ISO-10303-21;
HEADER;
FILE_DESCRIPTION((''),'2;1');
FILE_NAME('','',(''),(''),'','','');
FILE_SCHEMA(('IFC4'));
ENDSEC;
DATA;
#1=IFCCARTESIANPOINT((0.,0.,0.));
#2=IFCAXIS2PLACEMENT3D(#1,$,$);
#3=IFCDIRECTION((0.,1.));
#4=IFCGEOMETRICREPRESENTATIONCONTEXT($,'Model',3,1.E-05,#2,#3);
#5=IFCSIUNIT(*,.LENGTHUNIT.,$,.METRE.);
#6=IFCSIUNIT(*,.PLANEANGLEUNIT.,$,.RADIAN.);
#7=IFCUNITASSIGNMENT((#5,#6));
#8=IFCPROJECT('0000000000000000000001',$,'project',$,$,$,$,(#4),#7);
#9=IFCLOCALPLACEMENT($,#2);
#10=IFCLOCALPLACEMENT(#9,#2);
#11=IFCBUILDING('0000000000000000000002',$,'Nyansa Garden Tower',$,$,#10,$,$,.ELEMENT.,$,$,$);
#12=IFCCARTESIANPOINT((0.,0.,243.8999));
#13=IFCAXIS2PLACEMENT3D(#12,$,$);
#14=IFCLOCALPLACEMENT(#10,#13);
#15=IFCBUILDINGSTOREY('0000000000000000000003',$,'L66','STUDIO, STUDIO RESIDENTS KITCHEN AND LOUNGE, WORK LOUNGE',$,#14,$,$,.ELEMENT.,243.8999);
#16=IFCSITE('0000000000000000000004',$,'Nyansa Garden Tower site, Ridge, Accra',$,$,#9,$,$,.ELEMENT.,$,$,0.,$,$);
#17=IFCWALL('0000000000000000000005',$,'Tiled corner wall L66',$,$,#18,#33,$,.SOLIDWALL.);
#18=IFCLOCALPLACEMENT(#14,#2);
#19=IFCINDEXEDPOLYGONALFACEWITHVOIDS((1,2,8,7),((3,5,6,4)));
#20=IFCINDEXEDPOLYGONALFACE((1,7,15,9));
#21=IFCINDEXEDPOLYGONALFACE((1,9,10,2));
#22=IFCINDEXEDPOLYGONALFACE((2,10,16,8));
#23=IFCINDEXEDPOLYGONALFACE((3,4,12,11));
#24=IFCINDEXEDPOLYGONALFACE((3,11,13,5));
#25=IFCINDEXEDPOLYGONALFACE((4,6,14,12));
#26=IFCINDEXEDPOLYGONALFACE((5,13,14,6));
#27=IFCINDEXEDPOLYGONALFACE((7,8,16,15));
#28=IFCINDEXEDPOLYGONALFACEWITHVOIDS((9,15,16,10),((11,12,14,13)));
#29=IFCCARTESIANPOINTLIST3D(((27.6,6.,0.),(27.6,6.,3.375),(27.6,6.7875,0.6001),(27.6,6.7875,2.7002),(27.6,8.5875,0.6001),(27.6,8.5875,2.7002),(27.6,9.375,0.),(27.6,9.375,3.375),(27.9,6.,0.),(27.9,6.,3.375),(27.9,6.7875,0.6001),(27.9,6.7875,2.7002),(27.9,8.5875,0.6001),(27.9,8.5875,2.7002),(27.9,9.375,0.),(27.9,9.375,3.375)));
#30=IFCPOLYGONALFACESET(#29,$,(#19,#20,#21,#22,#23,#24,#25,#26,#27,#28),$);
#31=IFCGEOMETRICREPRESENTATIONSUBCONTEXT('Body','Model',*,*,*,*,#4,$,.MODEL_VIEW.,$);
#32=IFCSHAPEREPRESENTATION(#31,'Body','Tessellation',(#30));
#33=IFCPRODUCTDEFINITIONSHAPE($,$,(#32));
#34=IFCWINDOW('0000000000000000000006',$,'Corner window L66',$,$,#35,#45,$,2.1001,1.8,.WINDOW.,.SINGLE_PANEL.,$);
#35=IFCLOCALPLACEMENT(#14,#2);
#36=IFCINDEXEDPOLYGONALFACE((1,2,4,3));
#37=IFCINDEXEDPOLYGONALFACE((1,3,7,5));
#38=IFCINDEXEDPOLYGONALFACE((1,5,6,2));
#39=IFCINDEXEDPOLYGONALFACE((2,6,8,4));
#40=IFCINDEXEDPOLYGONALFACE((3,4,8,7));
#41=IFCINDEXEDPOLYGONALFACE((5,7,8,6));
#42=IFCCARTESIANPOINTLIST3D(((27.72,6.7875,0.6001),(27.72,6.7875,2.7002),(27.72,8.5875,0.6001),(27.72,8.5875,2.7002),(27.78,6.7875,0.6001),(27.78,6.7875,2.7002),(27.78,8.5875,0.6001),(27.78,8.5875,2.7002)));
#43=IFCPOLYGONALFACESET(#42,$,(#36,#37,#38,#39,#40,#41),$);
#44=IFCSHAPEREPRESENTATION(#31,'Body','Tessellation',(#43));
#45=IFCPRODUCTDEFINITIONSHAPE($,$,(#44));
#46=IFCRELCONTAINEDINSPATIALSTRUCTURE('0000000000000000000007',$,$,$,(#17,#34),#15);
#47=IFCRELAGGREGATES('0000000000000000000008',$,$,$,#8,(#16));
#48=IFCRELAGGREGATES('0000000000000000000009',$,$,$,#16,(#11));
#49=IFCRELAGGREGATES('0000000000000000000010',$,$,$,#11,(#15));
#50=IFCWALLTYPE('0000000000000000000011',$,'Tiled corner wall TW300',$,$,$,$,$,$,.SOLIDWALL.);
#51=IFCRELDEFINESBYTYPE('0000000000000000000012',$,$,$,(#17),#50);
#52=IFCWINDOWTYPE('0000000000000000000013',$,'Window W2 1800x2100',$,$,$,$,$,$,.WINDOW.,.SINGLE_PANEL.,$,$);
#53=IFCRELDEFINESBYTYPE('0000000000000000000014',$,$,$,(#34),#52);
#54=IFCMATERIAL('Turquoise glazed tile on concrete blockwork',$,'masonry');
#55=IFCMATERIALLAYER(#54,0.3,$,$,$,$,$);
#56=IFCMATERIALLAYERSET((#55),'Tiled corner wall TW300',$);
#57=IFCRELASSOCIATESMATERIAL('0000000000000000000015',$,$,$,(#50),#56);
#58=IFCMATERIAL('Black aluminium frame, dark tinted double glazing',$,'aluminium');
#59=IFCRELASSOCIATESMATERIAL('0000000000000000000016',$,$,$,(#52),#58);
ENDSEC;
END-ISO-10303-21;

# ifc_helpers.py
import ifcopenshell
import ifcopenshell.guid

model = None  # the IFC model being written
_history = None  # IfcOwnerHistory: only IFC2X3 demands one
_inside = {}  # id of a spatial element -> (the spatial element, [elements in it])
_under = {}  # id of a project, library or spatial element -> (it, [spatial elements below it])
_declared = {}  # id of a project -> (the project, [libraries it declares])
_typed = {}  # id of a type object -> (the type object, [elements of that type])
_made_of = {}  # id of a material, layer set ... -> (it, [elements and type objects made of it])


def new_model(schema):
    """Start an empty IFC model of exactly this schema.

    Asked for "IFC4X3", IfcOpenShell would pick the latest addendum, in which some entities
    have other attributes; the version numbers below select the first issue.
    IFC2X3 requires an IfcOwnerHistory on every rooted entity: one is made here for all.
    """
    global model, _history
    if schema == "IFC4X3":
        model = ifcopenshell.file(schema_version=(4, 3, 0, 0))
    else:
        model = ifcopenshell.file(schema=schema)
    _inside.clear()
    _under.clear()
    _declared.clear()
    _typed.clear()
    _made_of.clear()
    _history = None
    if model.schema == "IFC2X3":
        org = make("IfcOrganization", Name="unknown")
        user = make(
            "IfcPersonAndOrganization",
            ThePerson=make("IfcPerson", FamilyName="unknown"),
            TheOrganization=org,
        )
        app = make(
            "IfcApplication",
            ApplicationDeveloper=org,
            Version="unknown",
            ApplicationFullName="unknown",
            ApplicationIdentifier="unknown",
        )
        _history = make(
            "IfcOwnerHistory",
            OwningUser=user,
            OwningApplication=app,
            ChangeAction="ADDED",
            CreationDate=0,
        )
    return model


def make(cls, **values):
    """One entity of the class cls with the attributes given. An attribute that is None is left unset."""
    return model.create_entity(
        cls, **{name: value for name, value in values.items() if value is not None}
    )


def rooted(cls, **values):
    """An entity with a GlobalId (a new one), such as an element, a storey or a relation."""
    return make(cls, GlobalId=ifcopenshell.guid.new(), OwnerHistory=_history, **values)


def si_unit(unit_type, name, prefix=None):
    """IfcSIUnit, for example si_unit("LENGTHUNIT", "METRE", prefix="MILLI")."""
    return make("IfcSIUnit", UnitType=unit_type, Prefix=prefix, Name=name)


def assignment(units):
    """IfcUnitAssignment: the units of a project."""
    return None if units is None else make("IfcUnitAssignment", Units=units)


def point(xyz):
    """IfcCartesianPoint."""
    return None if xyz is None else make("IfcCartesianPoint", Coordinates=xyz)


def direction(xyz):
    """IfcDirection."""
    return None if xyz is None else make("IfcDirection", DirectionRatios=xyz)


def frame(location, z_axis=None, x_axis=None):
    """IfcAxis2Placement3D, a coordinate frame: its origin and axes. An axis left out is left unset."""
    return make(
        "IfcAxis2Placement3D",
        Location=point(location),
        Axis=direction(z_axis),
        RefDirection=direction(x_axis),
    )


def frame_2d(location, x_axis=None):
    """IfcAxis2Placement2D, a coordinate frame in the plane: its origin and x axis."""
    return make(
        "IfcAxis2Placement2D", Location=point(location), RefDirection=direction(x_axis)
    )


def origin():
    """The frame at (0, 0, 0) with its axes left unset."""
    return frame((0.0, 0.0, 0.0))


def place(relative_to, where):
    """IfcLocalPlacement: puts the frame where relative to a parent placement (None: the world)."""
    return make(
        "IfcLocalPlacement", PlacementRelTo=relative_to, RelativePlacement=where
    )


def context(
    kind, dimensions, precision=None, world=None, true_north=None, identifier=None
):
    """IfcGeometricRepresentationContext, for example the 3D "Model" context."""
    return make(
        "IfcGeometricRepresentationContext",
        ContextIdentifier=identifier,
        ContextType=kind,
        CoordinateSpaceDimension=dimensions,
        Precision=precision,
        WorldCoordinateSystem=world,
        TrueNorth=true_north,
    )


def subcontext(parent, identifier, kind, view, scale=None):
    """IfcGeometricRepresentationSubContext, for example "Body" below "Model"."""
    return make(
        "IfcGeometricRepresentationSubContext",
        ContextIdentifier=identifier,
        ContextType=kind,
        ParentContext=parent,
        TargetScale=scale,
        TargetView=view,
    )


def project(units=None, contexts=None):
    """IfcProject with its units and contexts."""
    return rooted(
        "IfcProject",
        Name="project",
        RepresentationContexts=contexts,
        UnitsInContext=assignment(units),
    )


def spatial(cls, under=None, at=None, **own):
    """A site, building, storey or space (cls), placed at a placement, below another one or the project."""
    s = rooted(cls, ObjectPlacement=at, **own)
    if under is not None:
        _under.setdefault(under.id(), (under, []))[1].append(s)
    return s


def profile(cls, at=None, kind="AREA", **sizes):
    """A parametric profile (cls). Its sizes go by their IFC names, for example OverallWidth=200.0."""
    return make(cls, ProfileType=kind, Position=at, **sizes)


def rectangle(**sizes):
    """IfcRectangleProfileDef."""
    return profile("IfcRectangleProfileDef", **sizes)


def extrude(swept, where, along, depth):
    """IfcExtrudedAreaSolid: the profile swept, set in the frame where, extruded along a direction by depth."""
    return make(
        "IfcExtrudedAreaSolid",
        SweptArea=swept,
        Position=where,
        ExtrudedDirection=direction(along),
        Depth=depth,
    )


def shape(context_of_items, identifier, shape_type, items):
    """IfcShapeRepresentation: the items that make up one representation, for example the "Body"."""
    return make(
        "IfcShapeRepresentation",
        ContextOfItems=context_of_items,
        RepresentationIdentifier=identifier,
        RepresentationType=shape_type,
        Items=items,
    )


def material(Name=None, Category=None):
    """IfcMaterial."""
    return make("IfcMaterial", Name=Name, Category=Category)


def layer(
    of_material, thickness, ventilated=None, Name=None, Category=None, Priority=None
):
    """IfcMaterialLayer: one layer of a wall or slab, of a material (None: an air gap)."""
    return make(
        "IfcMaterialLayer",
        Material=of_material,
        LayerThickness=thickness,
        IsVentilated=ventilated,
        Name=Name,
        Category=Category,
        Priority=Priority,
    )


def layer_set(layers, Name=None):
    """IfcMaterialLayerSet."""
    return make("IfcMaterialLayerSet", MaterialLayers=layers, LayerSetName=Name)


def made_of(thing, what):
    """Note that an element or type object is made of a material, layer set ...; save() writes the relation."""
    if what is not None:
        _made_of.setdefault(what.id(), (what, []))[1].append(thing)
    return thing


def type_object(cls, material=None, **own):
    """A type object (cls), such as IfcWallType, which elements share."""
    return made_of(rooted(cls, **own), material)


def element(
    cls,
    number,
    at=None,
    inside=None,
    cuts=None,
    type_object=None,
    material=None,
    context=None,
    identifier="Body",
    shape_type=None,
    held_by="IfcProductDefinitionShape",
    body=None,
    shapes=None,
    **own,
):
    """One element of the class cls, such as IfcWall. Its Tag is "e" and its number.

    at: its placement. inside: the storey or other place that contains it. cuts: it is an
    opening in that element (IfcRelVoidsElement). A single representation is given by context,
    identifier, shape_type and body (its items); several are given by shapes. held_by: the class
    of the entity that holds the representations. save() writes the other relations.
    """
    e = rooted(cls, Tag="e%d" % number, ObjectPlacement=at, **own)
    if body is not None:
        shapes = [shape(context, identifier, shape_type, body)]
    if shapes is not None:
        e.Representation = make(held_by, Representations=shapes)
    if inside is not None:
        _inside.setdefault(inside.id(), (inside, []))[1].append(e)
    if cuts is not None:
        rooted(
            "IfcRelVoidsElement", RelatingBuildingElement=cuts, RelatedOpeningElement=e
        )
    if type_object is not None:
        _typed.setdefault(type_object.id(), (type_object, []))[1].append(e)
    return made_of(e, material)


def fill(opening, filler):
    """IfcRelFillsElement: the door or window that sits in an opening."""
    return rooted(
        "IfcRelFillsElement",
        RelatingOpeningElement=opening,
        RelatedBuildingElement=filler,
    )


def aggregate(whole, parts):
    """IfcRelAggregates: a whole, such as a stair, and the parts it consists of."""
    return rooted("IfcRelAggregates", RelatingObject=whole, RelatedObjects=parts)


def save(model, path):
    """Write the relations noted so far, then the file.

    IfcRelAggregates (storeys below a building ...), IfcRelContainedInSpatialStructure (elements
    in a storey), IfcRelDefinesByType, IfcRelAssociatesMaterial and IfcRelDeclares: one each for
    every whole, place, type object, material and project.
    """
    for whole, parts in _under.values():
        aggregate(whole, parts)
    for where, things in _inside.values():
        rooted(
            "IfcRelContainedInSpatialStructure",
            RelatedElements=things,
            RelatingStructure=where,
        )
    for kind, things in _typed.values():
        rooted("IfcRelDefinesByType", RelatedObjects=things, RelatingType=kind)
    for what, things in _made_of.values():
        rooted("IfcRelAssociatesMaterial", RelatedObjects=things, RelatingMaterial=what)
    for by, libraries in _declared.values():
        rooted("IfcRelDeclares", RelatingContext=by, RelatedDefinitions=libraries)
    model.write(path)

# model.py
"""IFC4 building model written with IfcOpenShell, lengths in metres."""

from ifc_helpers import new_model, si_unit, direction, frame, frame_2d, origin, place, context, subcontext, project, spatial, rectangle, extrude, material, layer, layer_set, type_object, element, fill, save


model = new_model("IFC4")

# Units and contexts
model_context = context("Model", 3, precision=1e-05, world=origin(), true_north=direction((0.0, 1.0)))
body_context = subcontext(model_context, "Body", "Model", "MODEL_VIEW")
ifc_project = project(units=[si_unit("LENGTHUNIT", "METRE"), si_unit("PLANEANGLEUNIT", "RADIAN")], contexts=[model_context])

# Site, building, storey
site_placement = place(None, origin())
site = spatial("IfcSite", under=ifc_project, at=site_placement, Name="Nyansa Garden Tower site, Ridge, Accra", CompositionType="ELEMENT", RefElevation=0.0)
building_placement = place(site_placement, origin())
building = spatial("IfcBuilding", under=site, at=building_placement, Name="Nyansa Garden Tower", CompositionType="ELEMENT")
storey_placement = place(building_placement, frame((0.0, 0.0, 243.8999)))
storey = spatial("IfcBuildingStorey", under=building, at=storey_placement, Name="L66", Description="STUDIO, STUDIO RESIDENTS KITCHEN AND LOUNGE, WORK LOUNGE", CompositionType="ELEMENT", Elevation=243.8999)

# Wall, opening, window
ifc_material_1 = material(Name="Turquoise glazed tile on concrete blockwork", Category="masonry")
ifc_layer_1 = layer(ifc_material_1, 0.3)
ifc_layer_set_1 = layer_set([ifc_layer_1], Name="Tiled corner wall TW300")
wall_type_1 = type_object("IfcWallType", Name="Tiled corner wall TW300", PredefinedType="SOLIDWALL", material=ifc_layer_set_1)
wall_1_placement = place(storey_placement, frame((27.75, 6.0, 0.0), z_axis=(0.0, 0.0, 1.0), x_axis=(0.0, 1.0, 0.0)))
wall_1 = element("IfcWall", 1, at=wall_1_placement, inside=storey, type_object=wall_type_1, Name="Tiled corner wall L66", PredefinedType="SOLIDWALL", context=body_context, shape_type="SweptSolid", body=[
    extrude(rectangle(XDim=3.375, YDim=0.3, at=frame_2d((1.6875, 0.0))), origin(), (0.0, 0.0, 1.0), 3.375),
])
opening_1_placement = place(wall_1_placement, frame((0.7876, 0.0, 0.6001)))
opening_1 = element("IfcOpeningElement", 2, at=opening_1_placement, cuts=wall_1, PredefinedType="OPENING", context=body_context, shape_type="SweptSolid", body=[
    extrude(rectangle(XDim=1.8, YDim=2.1001, at=frame_2d((0.8999, 1.05))), frame((0.0, 0.1599, 0.0), z_axis=(0.0, -1.0, 0.0), x_axis=(1.0, 0.0, 0.0)), (0.0, 0.0, 1.0), 0.3201),
])
ifc_material_2 = material(Name="Black aluminium frame, dark tinted double glazing", Category="aluminium")
window_type = type_object("IfcWindowType", Name="Window W2 1800x2100", PartitioningType="SINGLE_PANEL", PredefinedType="WINDOW", material=ifc_material_2)
window_placement = place(opening_1_placement, origin())
window = element("IfcWindow", 3, at=window_placement, inside=storey, type_object=window_type, Name="Corner window L66", OverallHeight=2.1001, OverallWidth=1.8, PartitioningType="SINGLE_PANEL", PredefinedType="WINDOW", context=body_context, shape_type="SweptSolid", body=[
    extrude(rectangle(XDim=1.8, YDim=2.1001, at=frame_2d((0.8999, 1.05))), frame((0.0, 0.03, 0.0), z_axis=(0.0, -1.0, 0.0), x_axis=(1.0, 0.0, 0.0)), (0.0, 0.0, 1.0), 0.0601),
])
fill(opening_1, window)

save(model, "model.ifc")
